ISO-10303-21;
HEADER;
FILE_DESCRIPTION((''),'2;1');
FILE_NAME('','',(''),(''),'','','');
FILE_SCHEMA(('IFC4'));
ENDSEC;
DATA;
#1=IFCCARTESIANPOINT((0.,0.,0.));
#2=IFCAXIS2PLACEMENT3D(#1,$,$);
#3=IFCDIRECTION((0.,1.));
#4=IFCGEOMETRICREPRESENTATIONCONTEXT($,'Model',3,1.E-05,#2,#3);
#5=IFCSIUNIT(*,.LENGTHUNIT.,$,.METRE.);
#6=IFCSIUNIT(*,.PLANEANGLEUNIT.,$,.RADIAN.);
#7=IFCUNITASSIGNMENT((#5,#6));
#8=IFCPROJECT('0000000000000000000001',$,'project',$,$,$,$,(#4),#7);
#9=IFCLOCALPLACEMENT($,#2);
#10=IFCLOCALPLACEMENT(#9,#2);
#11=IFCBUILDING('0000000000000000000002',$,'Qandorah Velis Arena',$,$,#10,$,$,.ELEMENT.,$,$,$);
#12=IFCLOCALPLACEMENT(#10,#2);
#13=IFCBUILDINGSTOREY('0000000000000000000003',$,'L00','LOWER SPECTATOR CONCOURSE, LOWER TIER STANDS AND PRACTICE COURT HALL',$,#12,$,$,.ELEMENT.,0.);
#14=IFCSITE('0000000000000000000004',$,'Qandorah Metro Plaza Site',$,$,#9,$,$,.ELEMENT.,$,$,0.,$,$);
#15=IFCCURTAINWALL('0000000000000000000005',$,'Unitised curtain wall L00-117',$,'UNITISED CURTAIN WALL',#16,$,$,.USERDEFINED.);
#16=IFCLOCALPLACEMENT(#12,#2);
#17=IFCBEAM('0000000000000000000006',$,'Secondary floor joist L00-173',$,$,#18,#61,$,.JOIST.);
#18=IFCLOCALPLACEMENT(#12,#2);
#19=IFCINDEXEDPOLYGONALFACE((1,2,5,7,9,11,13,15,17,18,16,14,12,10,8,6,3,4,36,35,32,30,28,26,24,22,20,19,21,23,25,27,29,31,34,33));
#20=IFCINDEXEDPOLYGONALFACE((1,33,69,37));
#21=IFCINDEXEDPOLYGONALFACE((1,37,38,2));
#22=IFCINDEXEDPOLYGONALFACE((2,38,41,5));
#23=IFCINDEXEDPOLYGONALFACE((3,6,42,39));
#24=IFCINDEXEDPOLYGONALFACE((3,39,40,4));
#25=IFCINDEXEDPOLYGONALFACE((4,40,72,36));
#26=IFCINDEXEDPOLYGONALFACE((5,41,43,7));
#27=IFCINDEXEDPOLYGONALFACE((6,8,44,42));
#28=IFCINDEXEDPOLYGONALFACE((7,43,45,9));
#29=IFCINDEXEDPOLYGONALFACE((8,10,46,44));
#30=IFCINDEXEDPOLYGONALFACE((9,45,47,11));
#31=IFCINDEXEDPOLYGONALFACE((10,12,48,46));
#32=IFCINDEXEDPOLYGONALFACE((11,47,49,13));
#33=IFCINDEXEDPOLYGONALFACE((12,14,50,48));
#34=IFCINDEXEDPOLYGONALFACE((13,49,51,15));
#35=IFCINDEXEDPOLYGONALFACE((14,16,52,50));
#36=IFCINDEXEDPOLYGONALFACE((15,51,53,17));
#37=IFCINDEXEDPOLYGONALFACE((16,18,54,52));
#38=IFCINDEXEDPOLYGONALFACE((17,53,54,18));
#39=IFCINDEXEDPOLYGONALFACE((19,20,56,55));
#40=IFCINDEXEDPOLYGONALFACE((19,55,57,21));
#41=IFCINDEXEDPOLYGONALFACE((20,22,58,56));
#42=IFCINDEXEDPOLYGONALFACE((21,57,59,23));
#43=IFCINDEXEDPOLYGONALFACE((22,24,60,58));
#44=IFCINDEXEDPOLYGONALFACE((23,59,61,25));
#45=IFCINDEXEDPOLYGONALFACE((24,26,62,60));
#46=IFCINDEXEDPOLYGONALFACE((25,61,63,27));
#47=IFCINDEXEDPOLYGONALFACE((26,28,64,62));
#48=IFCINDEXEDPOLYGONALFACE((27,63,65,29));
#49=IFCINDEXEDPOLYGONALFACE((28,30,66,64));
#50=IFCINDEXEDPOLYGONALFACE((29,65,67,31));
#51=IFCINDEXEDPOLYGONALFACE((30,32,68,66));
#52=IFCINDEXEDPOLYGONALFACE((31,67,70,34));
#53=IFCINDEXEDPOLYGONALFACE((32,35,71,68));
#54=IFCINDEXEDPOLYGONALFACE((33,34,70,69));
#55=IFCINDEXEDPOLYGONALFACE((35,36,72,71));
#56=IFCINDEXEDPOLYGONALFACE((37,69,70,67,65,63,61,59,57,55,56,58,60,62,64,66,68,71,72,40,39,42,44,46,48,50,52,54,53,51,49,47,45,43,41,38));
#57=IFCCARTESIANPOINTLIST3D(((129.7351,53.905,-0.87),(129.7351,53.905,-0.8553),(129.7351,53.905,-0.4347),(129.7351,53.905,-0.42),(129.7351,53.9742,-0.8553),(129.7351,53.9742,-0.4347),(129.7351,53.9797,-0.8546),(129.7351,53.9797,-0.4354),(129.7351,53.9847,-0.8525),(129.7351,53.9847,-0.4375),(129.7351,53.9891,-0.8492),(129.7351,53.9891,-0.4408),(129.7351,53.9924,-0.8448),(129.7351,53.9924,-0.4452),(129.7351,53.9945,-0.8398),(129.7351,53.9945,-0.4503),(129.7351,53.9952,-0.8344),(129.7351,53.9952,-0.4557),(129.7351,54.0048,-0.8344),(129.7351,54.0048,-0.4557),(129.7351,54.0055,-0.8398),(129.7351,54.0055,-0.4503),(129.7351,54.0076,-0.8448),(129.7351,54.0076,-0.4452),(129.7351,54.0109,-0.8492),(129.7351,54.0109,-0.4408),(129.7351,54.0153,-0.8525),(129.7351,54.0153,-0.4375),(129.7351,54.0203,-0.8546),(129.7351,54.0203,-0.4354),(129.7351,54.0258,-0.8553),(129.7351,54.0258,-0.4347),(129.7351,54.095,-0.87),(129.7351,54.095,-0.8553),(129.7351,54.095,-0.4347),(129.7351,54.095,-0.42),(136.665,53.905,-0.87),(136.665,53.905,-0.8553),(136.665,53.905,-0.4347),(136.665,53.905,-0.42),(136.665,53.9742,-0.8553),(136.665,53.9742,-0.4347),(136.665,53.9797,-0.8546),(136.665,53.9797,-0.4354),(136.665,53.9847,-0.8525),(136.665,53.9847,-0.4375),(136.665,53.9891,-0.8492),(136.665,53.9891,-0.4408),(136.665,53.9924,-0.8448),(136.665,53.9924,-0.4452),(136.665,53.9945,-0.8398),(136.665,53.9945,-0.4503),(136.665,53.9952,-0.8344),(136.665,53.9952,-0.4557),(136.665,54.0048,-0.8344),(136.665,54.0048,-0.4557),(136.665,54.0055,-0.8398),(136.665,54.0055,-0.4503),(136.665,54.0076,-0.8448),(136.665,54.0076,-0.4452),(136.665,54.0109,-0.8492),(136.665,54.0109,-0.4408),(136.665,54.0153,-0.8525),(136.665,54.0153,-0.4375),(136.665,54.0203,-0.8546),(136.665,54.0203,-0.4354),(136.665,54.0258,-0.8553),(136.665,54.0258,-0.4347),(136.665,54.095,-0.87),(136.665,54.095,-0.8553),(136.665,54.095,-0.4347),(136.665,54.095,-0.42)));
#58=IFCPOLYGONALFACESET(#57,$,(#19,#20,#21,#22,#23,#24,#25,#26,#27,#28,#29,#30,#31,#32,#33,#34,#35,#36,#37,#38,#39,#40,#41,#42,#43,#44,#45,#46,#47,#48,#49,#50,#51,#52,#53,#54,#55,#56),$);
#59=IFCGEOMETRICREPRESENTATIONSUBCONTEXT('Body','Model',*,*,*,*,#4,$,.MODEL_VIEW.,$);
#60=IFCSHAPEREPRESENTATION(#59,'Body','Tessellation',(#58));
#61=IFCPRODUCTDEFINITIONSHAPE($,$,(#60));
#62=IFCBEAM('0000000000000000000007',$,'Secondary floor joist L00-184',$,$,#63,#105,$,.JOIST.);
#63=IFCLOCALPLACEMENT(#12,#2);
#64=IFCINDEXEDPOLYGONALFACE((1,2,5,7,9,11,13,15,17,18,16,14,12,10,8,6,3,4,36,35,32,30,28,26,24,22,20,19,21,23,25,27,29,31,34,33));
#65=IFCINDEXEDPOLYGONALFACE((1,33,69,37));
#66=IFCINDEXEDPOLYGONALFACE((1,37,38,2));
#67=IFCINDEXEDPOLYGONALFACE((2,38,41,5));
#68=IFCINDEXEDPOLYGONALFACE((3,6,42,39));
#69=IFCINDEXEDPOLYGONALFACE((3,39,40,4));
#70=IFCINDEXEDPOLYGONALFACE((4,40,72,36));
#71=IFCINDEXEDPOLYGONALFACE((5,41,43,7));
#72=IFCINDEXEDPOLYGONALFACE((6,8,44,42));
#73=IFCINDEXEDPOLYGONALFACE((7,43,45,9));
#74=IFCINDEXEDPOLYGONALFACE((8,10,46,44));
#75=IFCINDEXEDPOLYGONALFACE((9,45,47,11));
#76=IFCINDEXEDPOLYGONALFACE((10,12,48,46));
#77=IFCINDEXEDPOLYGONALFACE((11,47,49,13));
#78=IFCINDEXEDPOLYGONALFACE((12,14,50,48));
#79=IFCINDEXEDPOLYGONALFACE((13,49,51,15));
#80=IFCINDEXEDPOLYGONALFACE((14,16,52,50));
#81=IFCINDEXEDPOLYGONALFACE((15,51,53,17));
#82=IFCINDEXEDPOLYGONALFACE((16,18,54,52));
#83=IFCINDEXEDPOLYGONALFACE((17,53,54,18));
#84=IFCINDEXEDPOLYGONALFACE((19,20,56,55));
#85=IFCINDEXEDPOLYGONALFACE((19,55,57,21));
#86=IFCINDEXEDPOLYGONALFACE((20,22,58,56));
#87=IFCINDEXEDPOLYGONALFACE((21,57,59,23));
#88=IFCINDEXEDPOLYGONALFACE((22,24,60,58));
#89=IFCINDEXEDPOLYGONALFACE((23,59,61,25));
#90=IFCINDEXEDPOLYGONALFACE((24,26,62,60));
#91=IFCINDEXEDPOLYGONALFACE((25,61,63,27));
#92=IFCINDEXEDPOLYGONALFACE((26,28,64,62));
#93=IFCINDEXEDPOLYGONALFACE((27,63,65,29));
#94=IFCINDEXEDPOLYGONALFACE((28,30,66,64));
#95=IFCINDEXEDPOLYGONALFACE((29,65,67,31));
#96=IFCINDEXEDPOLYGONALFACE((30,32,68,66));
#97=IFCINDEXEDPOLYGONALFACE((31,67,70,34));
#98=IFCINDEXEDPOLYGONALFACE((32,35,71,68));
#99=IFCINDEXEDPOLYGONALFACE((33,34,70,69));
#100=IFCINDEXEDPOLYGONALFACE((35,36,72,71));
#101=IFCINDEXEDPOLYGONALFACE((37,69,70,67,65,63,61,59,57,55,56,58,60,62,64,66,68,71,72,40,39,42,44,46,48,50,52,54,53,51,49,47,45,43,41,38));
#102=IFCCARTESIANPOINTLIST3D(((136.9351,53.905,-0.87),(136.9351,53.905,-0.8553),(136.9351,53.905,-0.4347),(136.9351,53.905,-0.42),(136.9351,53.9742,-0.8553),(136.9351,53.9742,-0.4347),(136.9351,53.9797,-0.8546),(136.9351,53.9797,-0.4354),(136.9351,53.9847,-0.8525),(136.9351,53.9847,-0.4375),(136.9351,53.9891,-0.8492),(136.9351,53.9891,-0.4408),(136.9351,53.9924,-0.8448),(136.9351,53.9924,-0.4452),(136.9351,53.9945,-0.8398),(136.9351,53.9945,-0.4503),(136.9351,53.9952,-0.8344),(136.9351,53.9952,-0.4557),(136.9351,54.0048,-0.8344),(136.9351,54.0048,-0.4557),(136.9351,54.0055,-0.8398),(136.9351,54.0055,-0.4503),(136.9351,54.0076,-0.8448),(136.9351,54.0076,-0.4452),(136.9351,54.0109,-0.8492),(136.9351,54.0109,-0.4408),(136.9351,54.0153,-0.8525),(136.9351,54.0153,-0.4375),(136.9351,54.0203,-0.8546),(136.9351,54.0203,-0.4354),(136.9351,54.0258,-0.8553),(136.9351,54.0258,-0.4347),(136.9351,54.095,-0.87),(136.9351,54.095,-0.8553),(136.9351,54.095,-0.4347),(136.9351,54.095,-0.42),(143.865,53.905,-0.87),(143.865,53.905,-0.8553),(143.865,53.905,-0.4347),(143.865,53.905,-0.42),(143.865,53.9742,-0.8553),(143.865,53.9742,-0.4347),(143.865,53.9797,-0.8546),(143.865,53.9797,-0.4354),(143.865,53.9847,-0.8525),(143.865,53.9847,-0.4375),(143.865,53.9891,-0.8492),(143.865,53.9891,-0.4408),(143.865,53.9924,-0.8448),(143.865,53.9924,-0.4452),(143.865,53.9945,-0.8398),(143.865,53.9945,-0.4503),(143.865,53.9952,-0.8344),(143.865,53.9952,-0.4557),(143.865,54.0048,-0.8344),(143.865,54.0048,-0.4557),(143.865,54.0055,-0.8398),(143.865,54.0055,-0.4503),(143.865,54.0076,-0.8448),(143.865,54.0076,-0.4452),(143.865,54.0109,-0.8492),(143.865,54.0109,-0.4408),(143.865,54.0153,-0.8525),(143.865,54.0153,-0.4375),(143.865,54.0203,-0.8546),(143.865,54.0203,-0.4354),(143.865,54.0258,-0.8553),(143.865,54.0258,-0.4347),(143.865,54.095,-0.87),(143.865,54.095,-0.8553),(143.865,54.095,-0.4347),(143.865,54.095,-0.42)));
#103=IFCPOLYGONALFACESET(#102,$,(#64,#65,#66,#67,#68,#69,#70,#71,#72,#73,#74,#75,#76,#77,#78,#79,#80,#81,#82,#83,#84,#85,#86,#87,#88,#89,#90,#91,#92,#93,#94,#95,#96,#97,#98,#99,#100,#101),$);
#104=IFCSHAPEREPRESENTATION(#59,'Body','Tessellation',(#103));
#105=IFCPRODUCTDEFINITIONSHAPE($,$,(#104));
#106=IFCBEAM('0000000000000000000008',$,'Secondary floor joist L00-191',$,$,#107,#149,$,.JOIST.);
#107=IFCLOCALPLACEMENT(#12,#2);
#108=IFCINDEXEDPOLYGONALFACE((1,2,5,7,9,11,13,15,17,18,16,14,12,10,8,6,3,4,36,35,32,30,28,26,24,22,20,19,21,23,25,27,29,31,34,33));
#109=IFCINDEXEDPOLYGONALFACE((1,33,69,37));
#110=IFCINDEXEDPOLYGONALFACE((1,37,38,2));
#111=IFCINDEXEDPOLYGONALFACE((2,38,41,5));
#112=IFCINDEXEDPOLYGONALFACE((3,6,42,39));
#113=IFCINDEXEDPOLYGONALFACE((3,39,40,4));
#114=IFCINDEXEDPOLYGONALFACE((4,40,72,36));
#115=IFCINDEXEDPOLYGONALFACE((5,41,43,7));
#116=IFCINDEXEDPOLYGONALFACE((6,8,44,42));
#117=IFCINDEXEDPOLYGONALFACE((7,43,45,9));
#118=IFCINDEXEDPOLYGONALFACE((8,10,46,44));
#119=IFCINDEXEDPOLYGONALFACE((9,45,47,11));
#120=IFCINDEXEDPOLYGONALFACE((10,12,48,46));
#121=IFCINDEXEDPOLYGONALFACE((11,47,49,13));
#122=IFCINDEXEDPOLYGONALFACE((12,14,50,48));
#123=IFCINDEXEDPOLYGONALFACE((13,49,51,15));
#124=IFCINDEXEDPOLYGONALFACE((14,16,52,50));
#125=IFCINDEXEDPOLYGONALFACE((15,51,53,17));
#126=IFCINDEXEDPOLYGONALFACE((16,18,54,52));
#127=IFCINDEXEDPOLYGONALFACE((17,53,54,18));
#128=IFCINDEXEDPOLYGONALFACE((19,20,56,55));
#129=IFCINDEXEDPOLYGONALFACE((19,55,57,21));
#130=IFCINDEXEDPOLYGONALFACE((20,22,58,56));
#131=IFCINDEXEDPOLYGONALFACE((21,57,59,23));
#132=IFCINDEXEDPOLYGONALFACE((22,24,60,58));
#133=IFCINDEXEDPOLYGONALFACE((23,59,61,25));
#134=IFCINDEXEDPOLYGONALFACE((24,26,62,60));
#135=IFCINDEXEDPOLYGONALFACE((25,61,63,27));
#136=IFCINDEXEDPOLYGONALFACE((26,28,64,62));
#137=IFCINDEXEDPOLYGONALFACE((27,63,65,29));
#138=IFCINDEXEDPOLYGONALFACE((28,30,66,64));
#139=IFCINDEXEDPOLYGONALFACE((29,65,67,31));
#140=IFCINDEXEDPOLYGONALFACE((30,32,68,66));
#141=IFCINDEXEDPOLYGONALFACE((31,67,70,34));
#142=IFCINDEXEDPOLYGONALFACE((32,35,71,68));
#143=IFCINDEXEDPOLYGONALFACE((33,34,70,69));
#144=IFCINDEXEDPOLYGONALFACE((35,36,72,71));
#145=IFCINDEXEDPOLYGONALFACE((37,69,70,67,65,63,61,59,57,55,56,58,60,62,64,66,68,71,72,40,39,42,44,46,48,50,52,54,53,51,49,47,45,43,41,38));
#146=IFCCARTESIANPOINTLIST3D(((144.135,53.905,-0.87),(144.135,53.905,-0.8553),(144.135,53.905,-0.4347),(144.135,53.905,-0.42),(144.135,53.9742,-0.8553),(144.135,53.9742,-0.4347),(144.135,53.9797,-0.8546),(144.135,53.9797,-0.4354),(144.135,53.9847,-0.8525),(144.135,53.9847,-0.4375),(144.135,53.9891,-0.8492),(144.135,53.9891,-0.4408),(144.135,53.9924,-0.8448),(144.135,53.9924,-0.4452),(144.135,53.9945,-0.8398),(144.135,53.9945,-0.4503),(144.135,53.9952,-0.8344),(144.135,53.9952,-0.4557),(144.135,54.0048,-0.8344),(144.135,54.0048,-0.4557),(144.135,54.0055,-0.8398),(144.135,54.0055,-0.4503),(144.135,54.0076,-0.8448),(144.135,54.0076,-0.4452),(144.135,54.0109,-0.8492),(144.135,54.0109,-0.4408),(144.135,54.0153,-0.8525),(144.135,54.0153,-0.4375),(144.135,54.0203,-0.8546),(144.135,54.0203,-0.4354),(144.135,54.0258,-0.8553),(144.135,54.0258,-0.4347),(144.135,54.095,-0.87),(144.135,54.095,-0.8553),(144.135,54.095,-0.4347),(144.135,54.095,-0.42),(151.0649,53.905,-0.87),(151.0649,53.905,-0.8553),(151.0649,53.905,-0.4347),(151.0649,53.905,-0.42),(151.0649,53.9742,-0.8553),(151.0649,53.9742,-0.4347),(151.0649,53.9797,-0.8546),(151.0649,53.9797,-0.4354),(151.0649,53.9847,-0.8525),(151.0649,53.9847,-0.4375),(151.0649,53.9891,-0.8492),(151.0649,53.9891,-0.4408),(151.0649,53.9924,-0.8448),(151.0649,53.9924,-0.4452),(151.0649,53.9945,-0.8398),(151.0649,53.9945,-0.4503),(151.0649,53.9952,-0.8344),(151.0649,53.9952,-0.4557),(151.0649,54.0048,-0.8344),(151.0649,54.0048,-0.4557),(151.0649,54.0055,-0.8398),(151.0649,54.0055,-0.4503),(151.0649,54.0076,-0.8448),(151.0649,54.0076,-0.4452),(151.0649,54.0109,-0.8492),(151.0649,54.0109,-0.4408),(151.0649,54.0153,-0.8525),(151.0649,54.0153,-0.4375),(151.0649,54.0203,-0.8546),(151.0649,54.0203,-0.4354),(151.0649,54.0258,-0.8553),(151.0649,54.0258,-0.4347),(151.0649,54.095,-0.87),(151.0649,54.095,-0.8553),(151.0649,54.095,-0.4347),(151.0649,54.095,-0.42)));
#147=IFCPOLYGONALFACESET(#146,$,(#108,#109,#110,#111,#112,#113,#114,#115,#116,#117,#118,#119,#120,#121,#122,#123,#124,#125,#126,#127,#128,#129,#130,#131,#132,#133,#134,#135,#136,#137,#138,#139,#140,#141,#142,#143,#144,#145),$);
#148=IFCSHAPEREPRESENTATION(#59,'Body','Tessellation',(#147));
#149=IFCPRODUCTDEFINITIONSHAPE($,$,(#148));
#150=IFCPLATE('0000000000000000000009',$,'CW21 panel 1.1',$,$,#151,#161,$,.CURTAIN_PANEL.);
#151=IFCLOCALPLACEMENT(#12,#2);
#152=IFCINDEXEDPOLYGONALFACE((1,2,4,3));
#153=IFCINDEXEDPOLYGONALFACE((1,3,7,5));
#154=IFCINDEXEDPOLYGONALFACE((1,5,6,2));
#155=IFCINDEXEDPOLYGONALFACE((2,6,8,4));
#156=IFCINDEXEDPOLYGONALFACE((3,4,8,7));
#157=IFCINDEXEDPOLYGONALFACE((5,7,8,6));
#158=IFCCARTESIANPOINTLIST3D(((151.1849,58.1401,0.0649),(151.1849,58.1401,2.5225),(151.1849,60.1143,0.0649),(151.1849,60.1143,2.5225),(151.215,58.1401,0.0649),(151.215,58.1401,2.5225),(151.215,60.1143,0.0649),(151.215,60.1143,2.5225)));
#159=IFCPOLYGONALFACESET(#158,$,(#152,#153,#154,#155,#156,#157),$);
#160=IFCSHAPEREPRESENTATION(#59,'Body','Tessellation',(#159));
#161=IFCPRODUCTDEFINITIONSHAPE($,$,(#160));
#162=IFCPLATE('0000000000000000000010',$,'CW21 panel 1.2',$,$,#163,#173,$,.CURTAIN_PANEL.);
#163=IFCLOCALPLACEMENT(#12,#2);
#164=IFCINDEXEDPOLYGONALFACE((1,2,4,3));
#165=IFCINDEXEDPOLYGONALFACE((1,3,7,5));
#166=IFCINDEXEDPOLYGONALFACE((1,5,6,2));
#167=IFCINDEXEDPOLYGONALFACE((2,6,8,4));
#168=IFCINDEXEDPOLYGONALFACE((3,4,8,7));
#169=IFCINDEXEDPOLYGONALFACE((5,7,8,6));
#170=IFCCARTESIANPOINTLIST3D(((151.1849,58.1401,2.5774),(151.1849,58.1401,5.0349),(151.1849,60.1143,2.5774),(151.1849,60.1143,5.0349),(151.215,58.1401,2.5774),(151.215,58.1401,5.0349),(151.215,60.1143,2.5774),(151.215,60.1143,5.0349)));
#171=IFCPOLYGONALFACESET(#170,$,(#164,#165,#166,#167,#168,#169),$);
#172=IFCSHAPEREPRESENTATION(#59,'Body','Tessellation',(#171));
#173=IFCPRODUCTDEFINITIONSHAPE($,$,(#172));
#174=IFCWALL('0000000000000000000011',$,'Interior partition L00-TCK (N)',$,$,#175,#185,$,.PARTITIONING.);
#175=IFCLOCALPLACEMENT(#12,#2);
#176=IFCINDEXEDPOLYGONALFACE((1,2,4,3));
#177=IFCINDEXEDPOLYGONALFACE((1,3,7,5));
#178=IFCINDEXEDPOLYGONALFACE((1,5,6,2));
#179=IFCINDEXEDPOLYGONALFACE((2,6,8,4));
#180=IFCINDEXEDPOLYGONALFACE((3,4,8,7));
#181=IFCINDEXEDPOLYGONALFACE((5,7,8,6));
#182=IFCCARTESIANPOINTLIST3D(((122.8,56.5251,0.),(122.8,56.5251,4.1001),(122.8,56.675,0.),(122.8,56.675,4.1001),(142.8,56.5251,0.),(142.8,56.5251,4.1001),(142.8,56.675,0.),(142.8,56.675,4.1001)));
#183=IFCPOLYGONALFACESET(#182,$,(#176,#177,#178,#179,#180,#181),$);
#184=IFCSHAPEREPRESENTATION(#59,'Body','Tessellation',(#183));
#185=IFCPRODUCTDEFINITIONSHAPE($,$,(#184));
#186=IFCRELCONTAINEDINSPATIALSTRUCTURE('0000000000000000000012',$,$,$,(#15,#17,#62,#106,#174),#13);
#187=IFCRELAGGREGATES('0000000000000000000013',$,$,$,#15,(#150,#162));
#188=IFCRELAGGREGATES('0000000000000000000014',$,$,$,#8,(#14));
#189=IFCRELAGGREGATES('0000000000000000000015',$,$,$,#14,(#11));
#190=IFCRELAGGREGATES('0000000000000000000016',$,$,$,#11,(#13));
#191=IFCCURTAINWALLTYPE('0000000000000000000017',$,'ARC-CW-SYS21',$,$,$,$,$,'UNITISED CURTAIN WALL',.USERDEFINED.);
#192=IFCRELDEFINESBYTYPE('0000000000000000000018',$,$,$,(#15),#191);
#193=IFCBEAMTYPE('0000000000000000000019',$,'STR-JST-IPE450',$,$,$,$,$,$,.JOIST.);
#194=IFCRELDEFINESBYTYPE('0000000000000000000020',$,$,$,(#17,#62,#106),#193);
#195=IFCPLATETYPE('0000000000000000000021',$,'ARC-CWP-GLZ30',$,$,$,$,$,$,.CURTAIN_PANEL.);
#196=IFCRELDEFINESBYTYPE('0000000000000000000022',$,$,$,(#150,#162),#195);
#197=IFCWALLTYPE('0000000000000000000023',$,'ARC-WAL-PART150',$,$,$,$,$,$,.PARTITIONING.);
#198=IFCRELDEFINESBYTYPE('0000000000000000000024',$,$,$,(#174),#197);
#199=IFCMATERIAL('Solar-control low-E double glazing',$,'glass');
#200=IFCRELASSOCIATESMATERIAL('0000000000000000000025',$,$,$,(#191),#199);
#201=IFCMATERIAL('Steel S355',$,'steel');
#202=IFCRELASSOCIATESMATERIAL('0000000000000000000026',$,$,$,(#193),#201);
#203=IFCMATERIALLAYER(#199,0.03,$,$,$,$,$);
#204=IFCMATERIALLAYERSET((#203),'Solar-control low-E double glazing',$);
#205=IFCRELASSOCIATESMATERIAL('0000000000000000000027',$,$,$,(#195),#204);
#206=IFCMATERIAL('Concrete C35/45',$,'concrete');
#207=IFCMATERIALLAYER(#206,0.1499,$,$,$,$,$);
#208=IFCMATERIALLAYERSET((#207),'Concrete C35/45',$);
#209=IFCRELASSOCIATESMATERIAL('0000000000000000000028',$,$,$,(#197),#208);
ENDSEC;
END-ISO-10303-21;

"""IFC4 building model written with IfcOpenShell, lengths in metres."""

from ifc_helpers import new_model, si_unit, direction, frame, frame_2d, origin, origin_2d, place, context, subcontext, project, spatial, rectangle, i_section, extrude, material, layer, layer_set, material_profile, profile_set, type_object, element, aggregate, save


model = new_model("IFC4")

# Units and contexts
model_context = context("Model", 3, precision=1e-05, world=origin(), true_north=direction((0.0, 1.0)))
body_context = subcontext(model_context, "Body", "Model", "MODEL_VIEW")
ifc_project = project(units=[si_unit("LENGTHUNIT", "METRE"), si_unit("PLANEANGLEUNIT", "RADIAN")], contexts=[model_context])

# Site, building, storey
site_placement = place(None, origin())
site = spatial("IfcSite", under=ifc_project, at=site_placement, Name="Qandorah Metro Plaza Site", CompositionType="ELEMENT", RefElevation=0.0)
building_placement = place(site_placement, origin())
building = spatial("IfcBuilding", under=site, at=building_placement, Name="Qandorah Velis Arena", CompositionType="ELEMENT")
storey_placement = place(building_placement, origin())
storey = spatial("IfcBuildingStorey", under=building, at=storey_placement, Name="L00", Description="LOWER SPECTATOR CONCOURSE, LOWER TIER STANDS AND PRACTICE COURT HALL", CompositionType="ELEMENT", Elevation=0.0)

# Curtain wall
ifc_material_1 = material(Name="Solar-control low-E double glazing", Category="glass")
curtain_wall_type = type_object("IfcCurtainWallType", Name="ARC-CW-SYS21", ElementType="UNITISED CURTAIN WALL", PredefinedType="USERDEFINED", material=ifc_material_1)
curtain_wall_placement = place(storey_placement, origin())
curtain_wall = element("IfcCurtainWall", 1, at=curtain_wall_placement, inside=storey, type_object=curtain_wall_type, Name="Unitised curtain wall L00-117", ObjectType="UNITISED CURTAIN WALL", PredefinedType="USERDEFINED")

# Beams
ifc_material_2 = material(Name="Steel S355", Category="steel")
ifc_material_profile_1 = material_profile(ifc_material_2, i_section(OverallWidth=0.1899, OverallDepth=0.45, WebThickness=0.0095, FlangeThickness=0.0146, FilletRadius=0.021, at=origin_2d()), Name="IPE 450")
ifc_profile_set_1 = profile_set([ifc_material_profile_1], Name="Steel S355")
beam_type_1 = type_object("IfcBeamType", Name="STR-JST-IPE450", PredefinedType="JOIST", material=ifc_profile_set_1)
for number, where, z_axis, x_axis, name in (
    (2, (129.7351, 54.0, -0.645), (1.0, 0.0, 0.0), (0.0, 1.0, 0.0), "Secondary floor joist L00-173"),
    (3, (136.9351, 54.0, -0.645), (1.0, 0.0, 0.0), (0.0, 1.0, 0.0), "Secondary floor joist L00-184"),
    (4, (144.135, 54.0, -0.645), (1.0, 0.0, 0.0), (0.0, 1.0, 0.0), "Secondary floor joist L00-191"),
):
    element("IfcBeam", number, at=place(storey_placement, frame(where, z_axis=z_axis, x_axis=x_axis)), inside=storey, type_object=beam_type_1, Name=name, PredefinedType="JOIST", context=body_context, shape_type="SweptSolid", body=[
        extrude(i_section(OverallWidth=0.1899, OverallDepth=0.45, WebThickness=0.0095, FlangeThickness=0.0146, FilletRadius=0.021, at=origin_2d()), origin(), (0.0, 0.0, 1.0), 6.9299),
    ])

# Plates
ifc_layer_1 = layer(ifc_material_1, 0.03)
ifc_layer_set_1 = layer_set([ifc_layer_1], Name="Solar-control low-E double glazing")
plate_type = type_object("IfcPlateType", Name="ARC-CWP-GLZ30", PredefinedType="CURTAIN_PANEL", material=ifc_layer_set_1)
plate_1_placement = place(storey_placement, frame((151.2, 59.1272, 0.0649), z_axis=(0.0, 0.0, 1.0), x_axis=(0.0, 1.0, 0.0)))
plate_1 = element("IfcPlate", 5, at=plate_1_placement, type_object=plate_type, Name="CW21 panel 1.1", PredefinedType="CURTAIN_PANEL", context=body_context, shape_type="SweptSolid", body=[
    extrude(rectangle(XDim=1.9741, YDim=0.03, at=origin_2d()), origin(), (0.0, 0.0, 1.0), 2.4575),
])
plate_2_placement = place(storey_placement, frame((151.2, 59.1272, 2.5774), z_axis=(0.0, 0.0, 1.0), x_axis=(0.0, 1.0, 0.0)))
plate_2 = element("IfcPlate", 6, at=plate_2_placement, type_object=plate_type, Name="CW21 panel 1.2", PredefinedType="CURTAIN_PANEL", context=body_context, shape_type="SweptSolid", body=[
    extrude(rectangle(XDim=1.9741, YDim=0.03, at=origin_2d()), origin(), (0.0, 0.0, 1.0), 2.4575),
])
aggregate(curtain_wall, [plate_1, plate_2])

# Wall
ifc_material_3 = material(Name="Concrete C35/45", Category="concrete")
ifc_layer_2 = layer(ifc_material_3, 0.1499)
ifc_layer_set_2 = layer_set([ifc_layer_2], Name="Concrete C35/45")
wall_type = type_object("IfcWallType", Name="ARC-WAL-PART150", PredefinedType="PARTITIONING", material=ifc_layer_set_2)
wall_placement = place(storey_placement, frame((142.8, 56.6001, 0.0), z_axis=(0.0, 0.0, 1.0), x_axis=(-1.0, 0.0, 0.0)))
element("IfcWall", 7, at=wall_placement, inside=storey, type_object=wall_type, Name="Interior partition L00-TCK (N)", PredefinedType="PARTITIONING", context=body_context, shape_type="SweptSolid", body=[
    extrude(rectangle(XDim=20.0, YDim=0.1499, at=frame_2d((10.0, 0.0))), origin(), (0.0, 0.0, 1.0), 4.1001),
])

save(model, "model.ifc")
